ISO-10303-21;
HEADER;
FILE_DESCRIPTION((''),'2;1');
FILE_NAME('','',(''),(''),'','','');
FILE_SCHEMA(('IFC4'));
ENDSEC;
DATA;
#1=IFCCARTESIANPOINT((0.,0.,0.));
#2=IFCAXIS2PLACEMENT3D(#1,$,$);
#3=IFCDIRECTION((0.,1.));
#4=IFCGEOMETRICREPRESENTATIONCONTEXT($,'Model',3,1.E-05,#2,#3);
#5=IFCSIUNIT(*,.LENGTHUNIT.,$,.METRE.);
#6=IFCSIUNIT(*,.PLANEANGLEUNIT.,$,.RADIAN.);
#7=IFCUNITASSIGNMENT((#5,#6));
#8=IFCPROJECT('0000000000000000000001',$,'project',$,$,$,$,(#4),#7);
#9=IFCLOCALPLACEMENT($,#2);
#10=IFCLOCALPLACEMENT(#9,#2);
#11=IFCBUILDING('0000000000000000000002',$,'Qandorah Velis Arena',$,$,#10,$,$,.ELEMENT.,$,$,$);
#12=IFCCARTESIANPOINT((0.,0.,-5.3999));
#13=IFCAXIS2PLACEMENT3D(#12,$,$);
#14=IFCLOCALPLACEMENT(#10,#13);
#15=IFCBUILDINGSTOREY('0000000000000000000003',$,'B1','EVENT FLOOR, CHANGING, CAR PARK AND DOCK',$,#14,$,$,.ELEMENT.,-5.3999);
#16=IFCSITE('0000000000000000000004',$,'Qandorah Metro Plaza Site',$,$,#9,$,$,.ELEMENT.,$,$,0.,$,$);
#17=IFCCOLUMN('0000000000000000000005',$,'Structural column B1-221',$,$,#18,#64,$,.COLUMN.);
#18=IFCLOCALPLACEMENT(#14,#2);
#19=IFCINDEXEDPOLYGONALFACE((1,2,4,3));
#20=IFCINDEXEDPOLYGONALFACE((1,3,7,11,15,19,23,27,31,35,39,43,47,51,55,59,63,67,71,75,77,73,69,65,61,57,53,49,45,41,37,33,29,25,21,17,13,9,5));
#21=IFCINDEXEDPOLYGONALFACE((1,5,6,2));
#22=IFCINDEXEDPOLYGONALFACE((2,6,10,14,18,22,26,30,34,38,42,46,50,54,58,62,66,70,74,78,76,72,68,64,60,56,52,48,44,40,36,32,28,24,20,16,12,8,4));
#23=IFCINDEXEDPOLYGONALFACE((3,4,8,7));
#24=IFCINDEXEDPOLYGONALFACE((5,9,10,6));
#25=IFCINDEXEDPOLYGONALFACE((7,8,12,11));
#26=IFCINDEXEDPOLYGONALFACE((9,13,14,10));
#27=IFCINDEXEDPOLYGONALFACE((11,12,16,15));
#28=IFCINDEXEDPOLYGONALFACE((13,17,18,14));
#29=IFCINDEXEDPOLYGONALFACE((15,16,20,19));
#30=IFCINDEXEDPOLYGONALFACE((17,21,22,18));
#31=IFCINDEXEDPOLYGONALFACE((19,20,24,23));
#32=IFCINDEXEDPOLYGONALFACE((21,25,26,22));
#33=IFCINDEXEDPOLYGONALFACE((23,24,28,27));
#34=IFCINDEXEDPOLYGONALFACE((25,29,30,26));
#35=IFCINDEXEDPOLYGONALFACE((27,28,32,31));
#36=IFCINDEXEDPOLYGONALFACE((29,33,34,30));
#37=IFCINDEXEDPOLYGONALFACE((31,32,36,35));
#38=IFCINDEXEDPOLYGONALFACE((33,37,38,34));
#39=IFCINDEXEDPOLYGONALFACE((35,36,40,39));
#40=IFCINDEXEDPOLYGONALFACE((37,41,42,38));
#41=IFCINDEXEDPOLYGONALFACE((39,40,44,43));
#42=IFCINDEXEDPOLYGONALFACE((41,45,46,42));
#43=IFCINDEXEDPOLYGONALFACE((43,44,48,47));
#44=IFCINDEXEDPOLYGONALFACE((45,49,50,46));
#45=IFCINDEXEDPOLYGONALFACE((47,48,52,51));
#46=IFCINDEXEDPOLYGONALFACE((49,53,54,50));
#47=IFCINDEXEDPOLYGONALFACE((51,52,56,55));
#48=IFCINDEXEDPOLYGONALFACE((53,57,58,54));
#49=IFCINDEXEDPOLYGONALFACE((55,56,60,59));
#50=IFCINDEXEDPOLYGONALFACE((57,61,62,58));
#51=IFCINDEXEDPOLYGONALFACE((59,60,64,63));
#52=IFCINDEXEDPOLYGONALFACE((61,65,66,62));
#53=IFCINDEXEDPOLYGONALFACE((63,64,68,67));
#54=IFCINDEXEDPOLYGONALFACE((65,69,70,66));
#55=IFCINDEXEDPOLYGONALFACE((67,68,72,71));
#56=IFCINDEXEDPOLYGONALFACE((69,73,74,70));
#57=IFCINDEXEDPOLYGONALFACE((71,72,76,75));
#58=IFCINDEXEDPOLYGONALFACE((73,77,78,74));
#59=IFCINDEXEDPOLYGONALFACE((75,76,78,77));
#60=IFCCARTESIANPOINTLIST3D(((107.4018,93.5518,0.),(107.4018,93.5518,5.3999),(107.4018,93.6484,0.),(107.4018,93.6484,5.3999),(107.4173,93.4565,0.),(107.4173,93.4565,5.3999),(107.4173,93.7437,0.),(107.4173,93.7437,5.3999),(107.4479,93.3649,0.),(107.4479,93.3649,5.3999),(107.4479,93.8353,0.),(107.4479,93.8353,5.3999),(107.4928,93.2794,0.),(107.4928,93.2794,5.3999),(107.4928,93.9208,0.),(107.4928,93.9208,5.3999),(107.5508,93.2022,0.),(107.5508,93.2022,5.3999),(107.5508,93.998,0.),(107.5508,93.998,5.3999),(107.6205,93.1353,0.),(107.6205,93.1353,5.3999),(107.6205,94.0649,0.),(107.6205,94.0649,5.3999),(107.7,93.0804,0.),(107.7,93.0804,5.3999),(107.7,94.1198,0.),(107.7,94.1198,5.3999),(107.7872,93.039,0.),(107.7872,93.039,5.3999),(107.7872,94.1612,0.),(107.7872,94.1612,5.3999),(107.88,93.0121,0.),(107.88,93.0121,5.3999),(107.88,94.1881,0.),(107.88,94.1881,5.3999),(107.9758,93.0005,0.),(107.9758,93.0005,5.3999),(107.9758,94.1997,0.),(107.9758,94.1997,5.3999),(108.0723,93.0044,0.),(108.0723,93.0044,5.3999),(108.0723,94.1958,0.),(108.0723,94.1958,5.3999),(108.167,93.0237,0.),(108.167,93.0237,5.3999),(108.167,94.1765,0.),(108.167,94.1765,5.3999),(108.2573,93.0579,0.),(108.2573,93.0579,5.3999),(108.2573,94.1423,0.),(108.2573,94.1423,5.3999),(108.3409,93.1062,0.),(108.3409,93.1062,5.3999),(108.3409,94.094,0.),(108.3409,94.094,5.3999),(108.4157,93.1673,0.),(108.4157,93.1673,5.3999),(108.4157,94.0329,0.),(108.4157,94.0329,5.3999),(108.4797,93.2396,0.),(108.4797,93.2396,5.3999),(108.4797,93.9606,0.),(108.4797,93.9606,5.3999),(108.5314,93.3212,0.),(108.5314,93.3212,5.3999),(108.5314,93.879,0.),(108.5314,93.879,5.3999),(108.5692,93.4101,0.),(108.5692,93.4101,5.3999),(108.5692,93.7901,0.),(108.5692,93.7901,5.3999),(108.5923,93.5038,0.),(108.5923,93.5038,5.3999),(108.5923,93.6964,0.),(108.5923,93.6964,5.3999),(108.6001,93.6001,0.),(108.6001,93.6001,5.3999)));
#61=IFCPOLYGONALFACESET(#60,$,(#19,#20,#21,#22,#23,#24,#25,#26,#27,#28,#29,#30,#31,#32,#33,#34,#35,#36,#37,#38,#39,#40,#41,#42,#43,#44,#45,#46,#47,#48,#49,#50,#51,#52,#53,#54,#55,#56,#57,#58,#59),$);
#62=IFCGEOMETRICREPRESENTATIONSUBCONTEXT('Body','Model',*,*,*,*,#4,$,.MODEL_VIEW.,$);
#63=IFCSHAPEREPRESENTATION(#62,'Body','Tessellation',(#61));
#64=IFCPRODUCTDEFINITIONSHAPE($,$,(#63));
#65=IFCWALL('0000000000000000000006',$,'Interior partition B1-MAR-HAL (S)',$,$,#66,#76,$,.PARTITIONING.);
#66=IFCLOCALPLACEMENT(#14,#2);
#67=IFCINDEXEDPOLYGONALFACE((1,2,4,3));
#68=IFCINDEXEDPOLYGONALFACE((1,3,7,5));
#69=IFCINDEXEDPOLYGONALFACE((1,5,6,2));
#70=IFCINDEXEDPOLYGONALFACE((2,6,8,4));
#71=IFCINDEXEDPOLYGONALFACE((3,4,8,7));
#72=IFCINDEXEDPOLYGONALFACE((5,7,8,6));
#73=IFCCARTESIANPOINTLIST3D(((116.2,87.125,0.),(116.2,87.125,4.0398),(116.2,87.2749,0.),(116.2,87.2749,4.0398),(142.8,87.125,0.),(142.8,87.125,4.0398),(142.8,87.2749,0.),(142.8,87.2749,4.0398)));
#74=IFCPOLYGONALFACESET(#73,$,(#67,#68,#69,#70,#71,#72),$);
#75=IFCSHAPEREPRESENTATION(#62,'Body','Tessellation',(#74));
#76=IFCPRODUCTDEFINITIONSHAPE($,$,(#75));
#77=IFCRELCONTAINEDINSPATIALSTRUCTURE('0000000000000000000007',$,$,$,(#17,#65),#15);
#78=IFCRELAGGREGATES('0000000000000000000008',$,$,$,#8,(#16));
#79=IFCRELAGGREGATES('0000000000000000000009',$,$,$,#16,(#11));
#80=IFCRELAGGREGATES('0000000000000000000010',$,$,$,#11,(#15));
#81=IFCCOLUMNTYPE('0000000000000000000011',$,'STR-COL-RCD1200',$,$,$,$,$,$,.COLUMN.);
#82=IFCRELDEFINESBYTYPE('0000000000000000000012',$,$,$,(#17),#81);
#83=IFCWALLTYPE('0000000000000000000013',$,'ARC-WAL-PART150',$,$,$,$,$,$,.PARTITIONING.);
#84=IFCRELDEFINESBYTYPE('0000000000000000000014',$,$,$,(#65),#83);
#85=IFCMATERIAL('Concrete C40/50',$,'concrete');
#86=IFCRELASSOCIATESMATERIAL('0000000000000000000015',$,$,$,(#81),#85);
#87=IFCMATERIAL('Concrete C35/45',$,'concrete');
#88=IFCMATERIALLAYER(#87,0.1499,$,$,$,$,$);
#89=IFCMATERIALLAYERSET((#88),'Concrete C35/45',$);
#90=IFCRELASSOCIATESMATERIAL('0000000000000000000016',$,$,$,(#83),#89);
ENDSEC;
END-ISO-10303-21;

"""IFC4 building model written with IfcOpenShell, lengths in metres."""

from ifc_helpers import new_model, si_unit, direction, frame, frame_2d, origin, origin_2d, place, context, subcontext, project, spatial, rectangle, circle, extrude, material, layer, layer_set, material_profile, profile_set, type_object, element, save


model = new_model("IFC4")

# Units and contexts
model_context = context("Model", 3, precision=1e-05, world=origin(), true_north=direction((0.0, 1.0)))
body_context = subcontext(model_context, "Body", "Model", "MODEL_VIEW")
ifc_project = project(units=[si_unit("LENGTHUNIT", "METRE"), si_unit("PLANEANGLEUNIT", "RADIAN")], contexts=[model_context])

# Site, building, storey
site_placement = place(None, origin())
site = spatial("IfcSite", under=ifc_project, at=site_placement, Name="Qandorah Metro Plaza Site", CompositionType="ELEMENT", RefElevation=0.0)
building_placement = place(site_placement, origin())
building = spatial("IfcBuilding", under=site, at=building_placement, Name="Qandorah Velis Arena", CompositionType="ELEMENT")
storey_placement = place(building_placement, frame((0.0, 0.0, -5.3999)))
storey = spatial("IfcBuildingStorey", under=building, at=storey_placement, Name="B1", Description="EVENT FLOOR, CHANGING, CAR PARK AND DOCK", CompositionType="ELEMENT", Elevation=-5.3999)

# Shared definitions
ifc_material_1 = material(Name="Concrete C40/50", Category="concrete")

# Column
ifc_material_profile_1 = material_profile(ifc_material_1, circle(Radius=0.6001, at=origin_2d()), Name="RC D1200")
ifc_profile_set_1 = profile_set([ifc_material_profile_1], Name="Concrete C40/50")
column_type_1 = type_object("IfcColumnType", Name="STR-COL-RCD1200", PredefinedType="COLUMN", material=ifc_profile_set_1)
column_1_placement = place(storey_placement, frame((108.0, 93.6001, 0.0), z_axis=(0.0, 0.0, 1.0), x_axis=(1.0, 0.0, 0.0)))
element("IfcColumn", 1, at=column_1_placement, inside=storey, type_object=column_type_1, Name="Structural column B1-221", PredefinedType="COLUMN", context=body_context, shape_type="SweptSolid", body=[
    extrude(circle(Radius=0.6001, at=origin_2d()), origin(), (0.0, 0.0, 1.0), 5.3999),
])

# Wall
ifc_material_2 = material(Name="Concrete C35/45", Category="concrete")
ifc_layer = layer(ifc_material_2, 0.1499)
ifc_layer_set = layer_set([ifc_layer], Name="Concrete C35/45")
wall_type = type_object("IfcWallType", Name="ARC-WAL-PART150", PredefinedType="PARTITIONING", material=ifc_layer_set)
wall_placement = place(storey_placement, frame((116.2, 87.2, 0.0), z_axis=(0.0, 0.0, 1.0), x_axis=(1.0, 0.0, 0.0)))
element("IfcWall", 2, at=wall_placement, inside=storey, type_object=wall_type, Name="Interior partition B1-MAR-HAL (S)", PredefinedType="PARTITIONING", context=body_context, shape_type="SweptSolid", body=[
    extrude(rectangle(XDim=26.6001, YDim=0.1499, at=frame_2d((13.3, 0.0))), origin(), (0.0, 0.0, 1.0), 4.0398),
])

save(model, "model.ifc")
